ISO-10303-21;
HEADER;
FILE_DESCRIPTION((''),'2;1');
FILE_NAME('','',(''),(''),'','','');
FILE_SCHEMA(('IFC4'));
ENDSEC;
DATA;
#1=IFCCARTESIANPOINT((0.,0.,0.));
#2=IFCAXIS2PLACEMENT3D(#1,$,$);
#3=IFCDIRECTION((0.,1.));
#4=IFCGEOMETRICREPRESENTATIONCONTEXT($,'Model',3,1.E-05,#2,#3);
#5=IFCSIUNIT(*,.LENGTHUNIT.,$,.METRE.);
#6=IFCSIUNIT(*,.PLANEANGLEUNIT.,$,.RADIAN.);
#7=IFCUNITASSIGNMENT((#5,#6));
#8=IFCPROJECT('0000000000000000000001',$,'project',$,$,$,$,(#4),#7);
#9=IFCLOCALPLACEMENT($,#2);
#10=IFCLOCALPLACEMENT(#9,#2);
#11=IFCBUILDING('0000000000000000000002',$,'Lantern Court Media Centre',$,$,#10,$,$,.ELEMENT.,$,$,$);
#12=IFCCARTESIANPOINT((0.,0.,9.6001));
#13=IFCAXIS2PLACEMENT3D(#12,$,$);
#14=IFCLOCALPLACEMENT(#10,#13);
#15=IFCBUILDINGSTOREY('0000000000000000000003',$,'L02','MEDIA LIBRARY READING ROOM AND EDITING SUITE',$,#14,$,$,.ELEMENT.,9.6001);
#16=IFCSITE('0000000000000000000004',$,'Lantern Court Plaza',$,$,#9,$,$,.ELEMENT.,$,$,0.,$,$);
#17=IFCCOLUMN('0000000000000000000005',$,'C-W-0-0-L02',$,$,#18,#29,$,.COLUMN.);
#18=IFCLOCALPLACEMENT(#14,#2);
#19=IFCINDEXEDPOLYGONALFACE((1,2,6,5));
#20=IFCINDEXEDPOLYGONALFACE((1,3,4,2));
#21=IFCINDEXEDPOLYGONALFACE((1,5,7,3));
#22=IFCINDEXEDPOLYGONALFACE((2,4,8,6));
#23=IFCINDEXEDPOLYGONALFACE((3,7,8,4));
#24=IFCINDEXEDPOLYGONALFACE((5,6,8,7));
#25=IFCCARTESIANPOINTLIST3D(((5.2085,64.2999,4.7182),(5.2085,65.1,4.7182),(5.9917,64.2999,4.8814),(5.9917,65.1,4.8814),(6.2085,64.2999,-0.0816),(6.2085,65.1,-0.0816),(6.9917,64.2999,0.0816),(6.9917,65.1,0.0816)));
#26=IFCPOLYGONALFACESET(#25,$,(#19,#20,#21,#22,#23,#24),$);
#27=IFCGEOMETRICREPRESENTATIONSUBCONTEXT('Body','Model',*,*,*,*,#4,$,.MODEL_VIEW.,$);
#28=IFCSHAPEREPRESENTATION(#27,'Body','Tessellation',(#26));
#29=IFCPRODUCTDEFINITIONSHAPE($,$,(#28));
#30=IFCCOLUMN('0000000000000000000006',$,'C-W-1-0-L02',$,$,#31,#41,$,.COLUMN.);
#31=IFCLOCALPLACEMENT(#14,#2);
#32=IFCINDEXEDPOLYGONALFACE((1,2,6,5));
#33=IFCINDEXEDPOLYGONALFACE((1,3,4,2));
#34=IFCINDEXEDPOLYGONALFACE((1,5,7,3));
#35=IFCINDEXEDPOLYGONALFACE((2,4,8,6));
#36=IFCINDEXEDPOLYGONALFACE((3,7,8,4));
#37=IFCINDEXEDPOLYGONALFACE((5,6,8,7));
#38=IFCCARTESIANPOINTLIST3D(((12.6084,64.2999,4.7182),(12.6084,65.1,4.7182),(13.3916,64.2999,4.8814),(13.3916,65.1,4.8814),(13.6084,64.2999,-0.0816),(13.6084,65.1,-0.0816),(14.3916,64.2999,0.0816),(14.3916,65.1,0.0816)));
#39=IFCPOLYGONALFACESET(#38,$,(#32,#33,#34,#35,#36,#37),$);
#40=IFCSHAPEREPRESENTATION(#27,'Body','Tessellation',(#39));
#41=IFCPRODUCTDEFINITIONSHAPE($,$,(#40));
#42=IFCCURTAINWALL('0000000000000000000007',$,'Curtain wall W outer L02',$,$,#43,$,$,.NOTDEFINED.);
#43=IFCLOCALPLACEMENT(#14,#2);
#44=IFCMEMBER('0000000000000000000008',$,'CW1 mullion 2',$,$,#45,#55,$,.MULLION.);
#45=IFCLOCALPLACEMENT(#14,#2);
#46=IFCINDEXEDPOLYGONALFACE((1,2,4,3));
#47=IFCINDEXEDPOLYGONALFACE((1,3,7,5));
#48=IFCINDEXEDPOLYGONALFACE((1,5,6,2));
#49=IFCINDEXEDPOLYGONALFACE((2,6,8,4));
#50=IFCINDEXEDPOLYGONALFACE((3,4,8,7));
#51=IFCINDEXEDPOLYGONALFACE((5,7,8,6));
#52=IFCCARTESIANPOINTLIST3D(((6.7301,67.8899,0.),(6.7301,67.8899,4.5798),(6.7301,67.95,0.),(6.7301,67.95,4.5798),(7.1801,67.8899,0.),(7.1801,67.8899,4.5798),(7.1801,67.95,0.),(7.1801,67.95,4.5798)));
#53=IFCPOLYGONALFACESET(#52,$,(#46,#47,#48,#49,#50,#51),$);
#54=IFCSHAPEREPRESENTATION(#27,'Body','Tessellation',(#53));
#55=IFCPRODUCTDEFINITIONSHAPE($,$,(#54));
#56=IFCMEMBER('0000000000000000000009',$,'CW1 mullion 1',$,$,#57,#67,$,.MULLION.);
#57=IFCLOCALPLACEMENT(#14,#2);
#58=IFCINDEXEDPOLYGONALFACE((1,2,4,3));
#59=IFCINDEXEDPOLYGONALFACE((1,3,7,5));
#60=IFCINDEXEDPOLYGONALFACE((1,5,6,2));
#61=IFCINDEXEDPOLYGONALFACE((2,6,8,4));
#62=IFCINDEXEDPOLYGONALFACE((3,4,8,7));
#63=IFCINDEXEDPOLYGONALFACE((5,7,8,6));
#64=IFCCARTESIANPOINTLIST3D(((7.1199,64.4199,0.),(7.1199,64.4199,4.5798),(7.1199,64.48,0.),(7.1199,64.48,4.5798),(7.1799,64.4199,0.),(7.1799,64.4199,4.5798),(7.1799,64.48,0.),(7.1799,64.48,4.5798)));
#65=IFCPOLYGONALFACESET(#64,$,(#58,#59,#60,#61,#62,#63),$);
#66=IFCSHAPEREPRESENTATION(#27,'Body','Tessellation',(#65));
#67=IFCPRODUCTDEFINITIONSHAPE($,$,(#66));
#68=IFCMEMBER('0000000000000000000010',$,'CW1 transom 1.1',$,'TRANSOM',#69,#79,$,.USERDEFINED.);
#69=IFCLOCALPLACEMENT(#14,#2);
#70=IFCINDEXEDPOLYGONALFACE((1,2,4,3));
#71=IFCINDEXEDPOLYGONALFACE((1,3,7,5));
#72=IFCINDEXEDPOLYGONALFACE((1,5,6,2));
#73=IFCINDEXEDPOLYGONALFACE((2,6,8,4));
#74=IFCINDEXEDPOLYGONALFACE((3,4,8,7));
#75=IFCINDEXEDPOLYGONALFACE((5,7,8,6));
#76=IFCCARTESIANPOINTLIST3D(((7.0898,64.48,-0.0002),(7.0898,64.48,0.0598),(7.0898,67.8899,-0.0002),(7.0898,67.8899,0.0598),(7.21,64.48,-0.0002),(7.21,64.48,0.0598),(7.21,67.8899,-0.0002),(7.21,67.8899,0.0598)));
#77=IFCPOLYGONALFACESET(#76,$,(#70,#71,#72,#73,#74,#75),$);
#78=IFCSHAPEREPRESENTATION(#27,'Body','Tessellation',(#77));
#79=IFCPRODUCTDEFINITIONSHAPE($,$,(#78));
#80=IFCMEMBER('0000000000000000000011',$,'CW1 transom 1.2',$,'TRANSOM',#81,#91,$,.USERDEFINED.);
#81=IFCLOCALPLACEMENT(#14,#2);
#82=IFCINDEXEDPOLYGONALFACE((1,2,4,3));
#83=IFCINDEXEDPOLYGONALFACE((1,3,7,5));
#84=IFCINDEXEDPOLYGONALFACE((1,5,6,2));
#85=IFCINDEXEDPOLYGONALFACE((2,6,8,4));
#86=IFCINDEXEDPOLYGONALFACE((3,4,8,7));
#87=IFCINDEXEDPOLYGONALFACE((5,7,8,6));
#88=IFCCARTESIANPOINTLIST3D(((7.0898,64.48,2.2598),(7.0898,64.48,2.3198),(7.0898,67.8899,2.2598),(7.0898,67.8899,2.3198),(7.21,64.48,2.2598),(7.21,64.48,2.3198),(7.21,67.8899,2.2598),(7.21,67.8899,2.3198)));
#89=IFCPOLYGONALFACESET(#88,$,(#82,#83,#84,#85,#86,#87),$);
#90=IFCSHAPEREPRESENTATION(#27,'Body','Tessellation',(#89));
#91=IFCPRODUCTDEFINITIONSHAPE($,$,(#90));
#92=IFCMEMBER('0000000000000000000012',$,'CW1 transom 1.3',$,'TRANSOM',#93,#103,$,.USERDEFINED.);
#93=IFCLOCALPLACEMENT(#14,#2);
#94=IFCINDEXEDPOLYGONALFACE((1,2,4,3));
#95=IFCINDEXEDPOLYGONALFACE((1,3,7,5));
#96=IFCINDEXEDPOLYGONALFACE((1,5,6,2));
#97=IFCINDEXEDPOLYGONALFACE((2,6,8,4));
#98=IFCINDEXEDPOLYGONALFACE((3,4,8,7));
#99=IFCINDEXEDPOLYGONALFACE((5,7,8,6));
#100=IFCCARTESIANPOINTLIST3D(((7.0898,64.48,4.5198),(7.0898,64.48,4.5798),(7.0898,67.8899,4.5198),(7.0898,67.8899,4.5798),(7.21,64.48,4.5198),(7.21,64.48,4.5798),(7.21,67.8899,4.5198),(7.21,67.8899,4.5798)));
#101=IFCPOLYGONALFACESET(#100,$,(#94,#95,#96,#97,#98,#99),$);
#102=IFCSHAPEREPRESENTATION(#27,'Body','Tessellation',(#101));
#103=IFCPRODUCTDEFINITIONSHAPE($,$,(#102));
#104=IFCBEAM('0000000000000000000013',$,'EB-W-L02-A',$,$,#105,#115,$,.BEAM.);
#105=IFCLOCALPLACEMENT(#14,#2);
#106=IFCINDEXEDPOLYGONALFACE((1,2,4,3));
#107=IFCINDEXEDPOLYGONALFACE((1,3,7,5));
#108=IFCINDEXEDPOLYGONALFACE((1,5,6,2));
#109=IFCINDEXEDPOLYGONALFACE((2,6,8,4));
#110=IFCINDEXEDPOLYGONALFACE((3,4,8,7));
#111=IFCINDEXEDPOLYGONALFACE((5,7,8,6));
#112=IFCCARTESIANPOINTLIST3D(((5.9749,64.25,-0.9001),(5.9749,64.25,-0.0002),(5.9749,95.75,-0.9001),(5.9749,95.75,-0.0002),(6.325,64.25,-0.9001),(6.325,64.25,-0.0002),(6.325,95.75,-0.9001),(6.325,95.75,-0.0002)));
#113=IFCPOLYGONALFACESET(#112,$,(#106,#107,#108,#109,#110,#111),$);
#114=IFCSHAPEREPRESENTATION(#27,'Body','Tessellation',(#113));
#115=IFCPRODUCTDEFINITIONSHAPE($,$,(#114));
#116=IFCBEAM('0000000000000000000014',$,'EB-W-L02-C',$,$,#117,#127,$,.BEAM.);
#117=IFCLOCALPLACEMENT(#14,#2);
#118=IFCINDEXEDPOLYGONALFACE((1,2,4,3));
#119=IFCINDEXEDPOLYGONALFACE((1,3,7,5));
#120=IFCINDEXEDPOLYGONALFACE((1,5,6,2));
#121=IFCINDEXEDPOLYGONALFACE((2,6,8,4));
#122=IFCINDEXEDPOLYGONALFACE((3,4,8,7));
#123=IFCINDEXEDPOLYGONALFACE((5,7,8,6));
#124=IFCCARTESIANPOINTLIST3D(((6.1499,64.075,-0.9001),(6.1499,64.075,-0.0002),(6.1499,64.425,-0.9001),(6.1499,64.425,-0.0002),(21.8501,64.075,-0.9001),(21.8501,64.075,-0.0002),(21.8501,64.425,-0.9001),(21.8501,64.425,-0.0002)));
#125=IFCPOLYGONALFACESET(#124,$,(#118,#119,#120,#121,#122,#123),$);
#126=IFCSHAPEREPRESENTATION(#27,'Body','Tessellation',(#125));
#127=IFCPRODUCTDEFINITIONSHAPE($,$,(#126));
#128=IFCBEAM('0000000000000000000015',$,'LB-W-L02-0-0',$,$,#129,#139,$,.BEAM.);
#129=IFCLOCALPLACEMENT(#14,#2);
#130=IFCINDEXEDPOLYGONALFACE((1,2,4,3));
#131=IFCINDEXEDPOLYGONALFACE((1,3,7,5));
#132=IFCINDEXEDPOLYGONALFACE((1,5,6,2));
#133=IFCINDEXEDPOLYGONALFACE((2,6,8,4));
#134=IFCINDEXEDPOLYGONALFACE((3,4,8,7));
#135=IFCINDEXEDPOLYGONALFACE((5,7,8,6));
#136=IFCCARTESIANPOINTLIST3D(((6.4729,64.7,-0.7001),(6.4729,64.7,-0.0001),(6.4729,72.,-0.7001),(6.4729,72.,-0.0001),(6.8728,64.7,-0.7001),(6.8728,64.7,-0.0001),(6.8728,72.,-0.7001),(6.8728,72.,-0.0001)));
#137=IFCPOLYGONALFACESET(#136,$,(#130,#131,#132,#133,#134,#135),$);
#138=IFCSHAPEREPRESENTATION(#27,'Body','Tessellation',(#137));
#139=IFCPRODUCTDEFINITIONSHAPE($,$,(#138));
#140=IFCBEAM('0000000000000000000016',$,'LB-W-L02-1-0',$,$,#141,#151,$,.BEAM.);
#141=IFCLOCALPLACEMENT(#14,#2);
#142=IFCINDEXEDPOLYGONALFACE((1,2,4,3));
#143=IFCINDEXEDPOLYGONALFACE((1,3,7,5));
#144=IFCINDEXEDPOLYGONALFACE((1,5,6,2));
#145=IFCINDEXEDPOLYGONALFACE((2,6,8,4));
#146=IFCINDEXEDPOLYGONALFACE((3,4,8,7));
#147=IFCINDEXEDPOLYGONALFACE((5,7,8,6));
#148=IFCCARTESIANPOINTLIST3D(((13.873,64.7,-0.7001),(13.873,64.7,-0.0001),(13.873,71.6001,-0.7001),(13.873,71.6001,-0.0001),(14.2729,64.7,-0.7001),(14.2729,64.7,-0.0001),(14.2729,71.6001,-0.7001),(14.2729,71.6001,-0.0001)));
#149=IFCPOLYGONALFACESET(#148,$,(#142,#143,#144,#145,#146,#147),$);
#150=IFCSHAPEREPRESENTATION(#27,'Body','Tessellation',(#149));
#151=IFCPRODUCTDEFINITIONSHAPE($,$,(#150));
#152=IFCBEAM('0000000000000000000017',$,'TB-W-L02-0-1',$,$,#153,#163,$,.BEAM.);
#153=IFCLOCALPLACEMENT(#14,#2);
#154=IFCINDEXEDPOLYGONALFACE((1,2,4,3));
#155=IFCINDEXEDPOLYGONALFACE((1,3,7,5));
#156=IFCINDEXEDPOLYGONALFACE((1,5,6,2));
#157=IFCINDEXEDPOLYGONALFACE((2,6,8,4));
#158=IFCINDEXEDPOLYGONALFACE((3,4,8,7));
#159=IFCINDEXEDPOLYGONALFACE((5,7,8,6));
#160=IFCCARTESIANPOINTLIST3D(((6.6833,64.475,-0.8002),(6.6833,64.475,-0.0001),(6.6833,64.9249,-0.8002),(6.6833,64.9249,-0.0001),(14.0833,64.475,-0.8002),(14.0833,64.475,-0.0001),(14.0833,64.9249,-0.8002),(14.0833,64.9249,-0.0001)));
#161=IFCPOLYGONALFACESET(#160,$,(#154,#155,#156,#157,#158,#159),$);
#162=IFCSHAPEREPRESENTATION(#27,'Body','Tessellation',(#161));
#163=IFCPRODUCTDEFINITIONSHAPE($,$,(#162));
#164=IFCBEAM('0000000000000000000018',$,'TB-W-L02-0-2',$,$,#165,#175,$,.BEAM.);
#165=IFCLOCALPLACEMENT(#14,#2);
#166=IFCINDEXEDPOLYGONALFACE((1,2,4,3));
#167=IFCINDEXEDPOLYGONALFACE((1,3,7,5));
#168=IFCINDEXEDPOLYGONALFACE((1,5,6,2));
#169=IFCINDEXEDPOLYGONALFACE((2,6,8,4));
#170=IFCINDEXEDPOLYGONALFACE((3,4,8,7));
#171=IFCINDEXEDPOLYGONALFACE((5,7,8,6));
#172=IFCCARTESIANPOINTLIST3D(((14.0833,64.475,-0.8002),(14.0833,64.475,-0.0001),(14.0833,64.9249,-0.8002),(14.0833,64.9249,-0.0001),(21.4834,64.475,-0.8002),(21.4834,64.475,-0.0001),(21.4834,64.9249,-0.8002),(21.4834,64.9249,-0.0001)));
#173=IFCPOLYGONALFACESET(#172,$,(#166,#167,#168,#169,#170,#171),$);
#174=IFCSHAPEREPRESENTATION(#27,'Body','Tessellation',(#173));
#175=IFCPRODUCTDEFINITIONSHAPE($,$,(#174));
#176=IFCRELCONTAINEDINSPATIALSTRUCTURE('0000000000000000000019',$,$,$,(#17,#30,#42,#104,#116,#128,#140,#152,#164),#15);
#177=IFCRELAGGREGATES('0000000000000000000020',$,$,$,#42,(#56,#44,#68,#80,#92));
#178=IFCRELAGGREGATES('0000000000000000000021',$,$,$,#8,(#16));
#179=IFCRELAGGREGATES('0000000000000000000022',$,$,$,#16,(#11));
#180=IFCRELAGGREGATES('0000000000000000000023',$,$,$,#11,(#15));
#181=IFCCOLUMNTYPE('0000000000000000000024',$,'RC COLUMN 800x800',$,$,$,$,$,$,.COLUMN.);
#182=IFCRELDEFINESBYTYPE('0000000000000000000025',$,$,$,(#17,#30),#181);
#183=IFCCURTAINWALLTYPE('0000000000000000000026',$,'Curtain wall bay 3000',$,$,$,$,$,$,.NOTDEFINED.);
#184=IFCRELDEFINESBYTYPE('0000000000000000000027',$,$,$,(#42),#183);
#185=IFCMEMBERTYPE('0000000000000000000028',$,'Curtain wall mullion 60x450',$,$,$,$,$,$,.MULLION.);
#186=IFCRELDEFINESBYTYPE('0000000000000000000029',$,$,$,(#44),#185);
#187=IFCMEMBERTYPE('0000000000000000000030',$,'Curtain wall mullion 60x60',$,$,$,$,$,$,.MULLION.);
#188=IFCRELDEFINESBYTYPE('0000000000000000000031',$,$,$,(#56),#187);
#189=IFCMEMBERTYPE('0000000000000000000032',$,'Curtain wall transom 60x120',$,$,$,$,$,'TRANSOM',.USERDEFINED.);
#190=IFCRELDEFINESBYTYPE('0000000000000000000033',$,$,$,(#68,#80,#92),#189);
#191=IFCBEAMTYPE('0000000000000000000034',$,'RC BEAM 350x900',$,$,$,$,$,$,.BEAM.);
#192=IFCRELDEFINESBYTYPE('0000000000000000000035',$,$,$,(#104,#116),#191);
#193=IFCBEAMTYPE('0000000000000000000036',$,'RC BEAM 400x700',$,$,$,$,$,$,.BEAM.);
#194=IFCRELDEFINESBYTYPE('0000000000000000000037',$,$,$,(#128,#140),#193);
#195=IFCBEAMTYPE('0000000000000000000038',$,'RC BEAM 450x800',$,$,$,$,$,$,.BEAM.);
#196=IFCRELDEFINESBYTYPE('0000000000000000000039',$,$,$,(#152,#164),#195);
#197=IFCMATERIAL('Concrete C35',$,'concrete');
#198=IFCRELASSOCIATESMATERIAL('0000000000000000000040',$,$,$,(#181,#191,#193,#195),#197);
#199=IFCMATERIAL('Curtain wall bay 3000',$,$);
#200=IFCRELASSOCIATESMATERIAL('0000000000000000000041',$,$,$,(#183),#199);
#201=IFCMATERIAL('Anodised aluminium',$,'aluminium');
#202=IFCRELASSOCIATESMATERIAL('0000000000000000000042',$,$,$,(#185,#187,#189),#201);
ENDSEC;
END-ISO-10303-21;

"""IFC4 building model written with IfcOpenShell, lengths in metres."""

from ifc_helpers import new_model, si_unit, direction, frame, origin, origin_2d, place, context, subcontext, project, spatial, rectangle, extrude, material, material_profile, profile_set, type_object, element, aggregate, save


model = new_model("IFC4")

# Units and contexts
model_context = context("Model", 3, precision=1e-05, world=origin(), true_north=direction((0.0, 1.0)))
body_context = subcontext(model_context, "Body", "Model", "MODEL_VIEW")
ifc_project = project(units=[si_unit("LENGTHUNIT", "METRE"), si_unit("PLANEANGLEUNIT", "RADIAN")], contexts=[model_context])

# Site, building, storey
site_placement = place(None, origin())
site = spatial("IfcSite", under=ifc_project, at=site_placement, Name="Lantern Court Plaza", CompositionType="ELEMENT", RefElevation=0.0)
building_placement = place(site_placement, origin())
building = spatial("IfcBuilding", under=site, at=building_placement, Name="Lantern Court Media Centre", CompositionType="ELEMENT")
storey_placement = place(building_placement, frame((0.0, 0.0, 9.6001)))
storey = spatial("IfcBuildingStorey", under=building, at=storey_placement, Name="L02", Description="MEDIA LIBRARY READING ROOM AND EDITING SUITE", CompositionType="ELEMENT", Elevation=9.6001)

# Columns
ifc_material_1 = material(Name="Concrete C35", Category="concrete")
ifc_material_profile_1 = material_profile(ifc_material_1, rectangle(XDim=0.8, YDim=0.8, at=origin_2d()), Name="RC 800x800")
ifc_profile_set_1 = profile_set([ifc_material_profile_1], Name="Concrete C35")
column_type = type_object("IfcColumnType", Name="RC COLUMN 800x800", PredefinedType="COLUMN", material=ifc_profile_set_1)
for number, where, z_axis, x_axis, name in (
    (1, (6.6001, 64.7, 0.0), (-0.203962, 0.0, 0.978979), (0.0, -1.0, 0.0), "C-W-0-0-L02"),
    (2, (14.0, 64.7, 0.0), (-0.203962, 0.0, 0.978979), (0.0, -1.0, 0.0), "C-W-1-0-L02"),
):
    element("IfcColumn", number, at=place(storey_placement, frame(where, z_axis=z_axis, x_axis=x_axis)), inside=storey, type_object=column_type, Name=name, PredefinedType="COLUMN", context=body_context, shape_type="SweptSolid", body=[
        extrude(rectangle(XDim=0.8, YDim=0.8, at=origin_2d()), origin(), (0.0, 0.0, 1.0), 4.9028),
    ])

# Curtain wall, members
ifc_material_2 = material(Name="Curtain wall bay 3000")
curtain_wall_type = type_object("IfcCurtainWallType", Name="Curtain wall bay 3000", PredefinedType="NOTDEFINED", material=ifc_material_2)
curtain_wall_placement = place(storey_placement, origin())
curtain_wall = element("IfcCurtainWall", 3, at=curtain_wall_placement, inside=storey, type_object=curtain_wall_type, Name="Curtain wall W outer L02", PredefinedType="NOTDEFINED")
ifc_material_3 = material(Name="Anodised aluminium", Category="aluminium")
ifc_material_profile_2 = material_profile(ifc_material_3, rectangle(XDim=0.45, YDim=0.0601, at=origin_2d()), Name="AL 60x450")
ifc_profile_set_2 = profile_set([ifc_material_profile_2], Name="Anodised aluminium")
member_type_1 = type_object("IfcMemberType", Name="Curtain wall mullion 60x450", PredefinedType="MULLION", material=ifc_profile_set_2)
member_1_placement = place(storey_placement, frame((6.9551, 67.9199, 0.0), z_axis=(0.0, 0.0, 1.0), x_axis=(-1.0, 0.0, 0.0)))
member_1 = element("IfcMember", 4, at=member_1_placement, type_object=member_type_1, Name="CW1 mullion 2", PredefinedType="MULLION", context=body_context, shape_type="SweptSolid", body=[
    extrude(rectangle(XDim=0.45, YDim=0.0601, at=origin_2d()), origin(), (0.0, 0.0, 1.0), 4.5798),
])
ifc_material_profile_3 = material_profile(ifc_material_3, rectangle(XDim=0.0601, YDim=0.0601, at=origin_2d()), Name="AL 60x60")
ifc_profile_set_3 = profile_set([ifc_material_profile_3], Name="Anodised aluminium")
member_type_2 = type_object("IfcMemberType", Name="Curtain wall mullion 60x60", PredefinedType="MULLION", material=ifc_profile_set_3)
member_2_placement = place(storey_placement, frame((7.1499, 64.45, 0.0), z_axis=(0.0, 0.0, 1.0), x_axis=(-1.0, 0.0, 0.0)))
member_2 = element("IfcMember", 5, at=member_2_placement, type_object=member_type_2, Name="CW1 mullion 1", PredefinedType="MULLION", context=body_context, shape_type="SweptSolid", body=[
    extrude(rectangle(XDim=0.0601, YDim=0.0601, at=origin_2d()), origin(), (0.0, 0.0, 1.0), 4.5798),
])
ifc_material_profile_4 = material_profile(ifc_material_3, rectangle(XDim=0.1201, YDim=0.0601, at=origin_2d()), Name="AL 60x120")
ifc_profile_set_4 = profile_set([ifc_material_profile_4], Name="Anodised aluminium")
member_type_3 = type_object("IfcMemberType", Name="Curtain wall transom 60x120", ElementType="TRANSOM", PredefinedType="USERDEFINED", material=ifc_profile_set_4)
member_3_placement = place(storey_placement, frame((7.1499, 64.48, 0.0298), z_axis=(0.0, 1.0, 0.0), x_axis=(-1.0, 0.0, 0.0)))
member_3 = element("IfcMember", 6, at=member_3_placement, type_object=member_type_3, Name="CW1 transom 1.1", ObjectType="TRANSOM", PredefinedType="USERDEFINED", context=body_context, shape_type="SweptSolid", body=[
    extrude(rectangle(XDim=0.1201, YDim=0.0601, at=origin_2d()), origin(), (0.0, 0.0, 1.0), 3.4099),
])
member_4_placement = place(storey_placement, frame((7.1499, 64.48, 2.2898), z_axis=(0.0, 1.0, 0.0), x_axis=(-1.0, 0.0, 0.0)))
member_4 = element("IfcMember", 7, at=member_4_placement, type_object=member_type_3, Name="CW1 transom 1.2", ObjectType="TRANSOM", PredefinedType="USERDEFINED", context=body_context, shape_type="SweptSolid", body=[
    extrude(rectangle(XDim=0.1201, YDim=0.0601, at=origin_2d()), origin(), (0.0, 0.0, 1.0), 3.4099),
])
member_5_placement = place(storey_placement, frame((7.1499, 64.48, 4.5498), z_axis=(0.0, 1.0, 0.0), x_axis=(-1.0, 0.0, 0.0)))
member_5 = element("IfcMember", 8, at=member_5_placement, type_object=member_type_3, Name="CW1 transom 1.3", ObjectType="TRANSOM", PredefinedType="USERDEFINED", context=body_context, shape_type="SweptSolid", body=[
    extrude(rectangle(XDim=0.1201, YDim=0.0601, at=origin_2d()), origin(), (0.0, 0.0, 1.0), 3.4099),
])

# Beams
ifc_material_profile_5 = material_profile(ifc_material_1, rectangle(XDim=0.3501, YDim=0.8999, at=origin_2d()), Name="RC 350x900")
ifc_profile_set_5 = profile_set([ifc_material_profile_5], Name="Concrete C35")
beam_type_1 = type_object("IfcBeamType", Name="RC BEAM 350x900", PredefinedType="BEAM", material=ifc_profile_set_5)
beam_1_placement = place(storey_placement, frame((6.1499, 64.25, -0.4502), z_axis=(0.0, 1.0, 0.0), x_axis=(-1.0, 0.0, 0.0)))
element("IfcBeam", 9, at=beam_1_placement, inside=storey, type_object=beam_type_1, Name="EB-W-L02-A", PredefinedType="BEAM", context=body_context, shape_type="SweptSolid", body=[
    extrude(rectangle(XDim=0.3501, YDim=0.8999, at=origin_2d()), origin(), (0.0, 0.0, 1.0), 31.5),
])
beam_2_placement = place(storey_placement, frame((6.1499, 64.25, -0.4502), z_axis=(1.0, 0.0, 0.0), x_axis=(0.0, 1.0, 0.0)))
element("IfcBeam", 10, at=beam_2_placement, inside=storey, type_object=beam_type_1, Name="EB-W-L02-C", PredefinedType="BEAM", context=body_context, shape_type="SweptSolid", body=[
    extrude(rectangle(XDim=0.3501, YDim=0.8999, at=origin_2d()), origin(), (0.0, 0.0, 1.0), 15.7002),
])
ifc_material_profile_6 = material_profile(ifc_material_1, rectangle(XDim=0.3999, YDim=0.7, at=origin_2d()), Name="RC 400x700")
ifc_profile_set_6 = profile_set([ifc_material_profile_6], Name="Concrete C35")
beam_type_2 = type_object("IfcBeamType", Name="RC BEAM 400x700", PredefinedType="BEAM", material=ifc_profile_set_6)
beam_3_placement = place(storey_placement, frame((6.6729, 64.7, -0.3501), z_axis=(0.0, 1.0, 0.0), x_axis=(-1.0, 0.0, 0.0)))
element("IfcBeam", 11, at=beam_3_placement, inside=storey, type_object=beam_type_2, Name="LB-W-L02-0-0", PredefinedType="BEAM", context=body_context, shape_type="SweptSolid", body=[
    extrude(rectangle(XDim=0.3999, YDim=0.7, at=origin_2d()), origin(), (0.0, 0.0, 1.0), 7.3),
])
beam_4_placement = place(storey_placement, frame((14.073, 64.7, -0.3501), z_axis=(0.0, 1.0, 0.0), x_axis=(-1.0, 0.0, 0.0)))
element("IfcBeam", 12, at=beam_4_placement, inside=storey, type_object=beam_type_2, Name="LB-W-L02-1-0", PredefinedType="BEAM", context=body_context, shape_type="SweptSolid", body=[
    extrude(rectangle(XDim=0.3999, YDim=0.7, at=origin_2d()), origin(), (0.0, 0.0, 1.0), 6.9001),
])
ifc_material_profile_7 = material_profile(ifc_material_1, rectangle(XDim=0.45, YDim=0.8, at=origin_2d()), Name="RC 450x800")
ifc_profile_set_7 = profile_set([ifc_material_profile_7], Name="Concrete C35")
beam_type_3 = type_object("IfcBeamType", Name="RC BEAM 450x800", PredefinedType="BEAM", material=ifc_profile_set_7)
beam_5_placement = place(storey_placement, frame((6.6833, 64.7, -0.4001), z_axis=(1.0, 0.0, 0.0), x_axis=(0.0, 1.0, 0.0)))
element("IfcBeam", 13, at=beam_5_placement, inside=storey, type_object=beam_type_3, Name="TB-W-L02-0-1", PredefinedType="BEAM", context=body_context, shape_type="SweptSolid", body=[
    extrude(rectangle(XDim=0.45, YDim=0.8, at=origin_2d()), origin(), (0.0, 0.0, 1.0), 7.3999),
])
beam_6_placement = place(storey_placement, frame((14.0833, 64.7, -0.4001), z_axis=(1.0, 0.0, 0.0), x_axis=(0.0, 1.0, 0.0)))
element("IfcBeam", 14, at=beam_6_placement, inside=storey, type_object=beam_type_3, Name="TB-W-L02-0-2", PredefinedType="BEAM", context=body_context, shape_type="SweptSolid", body=[
    extrude(rectangle(XDim=0.45, YDim=0.8, at=origin_2d()), origin(), (0.0, 0.0, 1.0), 7.4001),
])

aggregate(curtain_wall, [member_2, member_1, member_3, member_4, member_5])

save(model, "model.ifc")
